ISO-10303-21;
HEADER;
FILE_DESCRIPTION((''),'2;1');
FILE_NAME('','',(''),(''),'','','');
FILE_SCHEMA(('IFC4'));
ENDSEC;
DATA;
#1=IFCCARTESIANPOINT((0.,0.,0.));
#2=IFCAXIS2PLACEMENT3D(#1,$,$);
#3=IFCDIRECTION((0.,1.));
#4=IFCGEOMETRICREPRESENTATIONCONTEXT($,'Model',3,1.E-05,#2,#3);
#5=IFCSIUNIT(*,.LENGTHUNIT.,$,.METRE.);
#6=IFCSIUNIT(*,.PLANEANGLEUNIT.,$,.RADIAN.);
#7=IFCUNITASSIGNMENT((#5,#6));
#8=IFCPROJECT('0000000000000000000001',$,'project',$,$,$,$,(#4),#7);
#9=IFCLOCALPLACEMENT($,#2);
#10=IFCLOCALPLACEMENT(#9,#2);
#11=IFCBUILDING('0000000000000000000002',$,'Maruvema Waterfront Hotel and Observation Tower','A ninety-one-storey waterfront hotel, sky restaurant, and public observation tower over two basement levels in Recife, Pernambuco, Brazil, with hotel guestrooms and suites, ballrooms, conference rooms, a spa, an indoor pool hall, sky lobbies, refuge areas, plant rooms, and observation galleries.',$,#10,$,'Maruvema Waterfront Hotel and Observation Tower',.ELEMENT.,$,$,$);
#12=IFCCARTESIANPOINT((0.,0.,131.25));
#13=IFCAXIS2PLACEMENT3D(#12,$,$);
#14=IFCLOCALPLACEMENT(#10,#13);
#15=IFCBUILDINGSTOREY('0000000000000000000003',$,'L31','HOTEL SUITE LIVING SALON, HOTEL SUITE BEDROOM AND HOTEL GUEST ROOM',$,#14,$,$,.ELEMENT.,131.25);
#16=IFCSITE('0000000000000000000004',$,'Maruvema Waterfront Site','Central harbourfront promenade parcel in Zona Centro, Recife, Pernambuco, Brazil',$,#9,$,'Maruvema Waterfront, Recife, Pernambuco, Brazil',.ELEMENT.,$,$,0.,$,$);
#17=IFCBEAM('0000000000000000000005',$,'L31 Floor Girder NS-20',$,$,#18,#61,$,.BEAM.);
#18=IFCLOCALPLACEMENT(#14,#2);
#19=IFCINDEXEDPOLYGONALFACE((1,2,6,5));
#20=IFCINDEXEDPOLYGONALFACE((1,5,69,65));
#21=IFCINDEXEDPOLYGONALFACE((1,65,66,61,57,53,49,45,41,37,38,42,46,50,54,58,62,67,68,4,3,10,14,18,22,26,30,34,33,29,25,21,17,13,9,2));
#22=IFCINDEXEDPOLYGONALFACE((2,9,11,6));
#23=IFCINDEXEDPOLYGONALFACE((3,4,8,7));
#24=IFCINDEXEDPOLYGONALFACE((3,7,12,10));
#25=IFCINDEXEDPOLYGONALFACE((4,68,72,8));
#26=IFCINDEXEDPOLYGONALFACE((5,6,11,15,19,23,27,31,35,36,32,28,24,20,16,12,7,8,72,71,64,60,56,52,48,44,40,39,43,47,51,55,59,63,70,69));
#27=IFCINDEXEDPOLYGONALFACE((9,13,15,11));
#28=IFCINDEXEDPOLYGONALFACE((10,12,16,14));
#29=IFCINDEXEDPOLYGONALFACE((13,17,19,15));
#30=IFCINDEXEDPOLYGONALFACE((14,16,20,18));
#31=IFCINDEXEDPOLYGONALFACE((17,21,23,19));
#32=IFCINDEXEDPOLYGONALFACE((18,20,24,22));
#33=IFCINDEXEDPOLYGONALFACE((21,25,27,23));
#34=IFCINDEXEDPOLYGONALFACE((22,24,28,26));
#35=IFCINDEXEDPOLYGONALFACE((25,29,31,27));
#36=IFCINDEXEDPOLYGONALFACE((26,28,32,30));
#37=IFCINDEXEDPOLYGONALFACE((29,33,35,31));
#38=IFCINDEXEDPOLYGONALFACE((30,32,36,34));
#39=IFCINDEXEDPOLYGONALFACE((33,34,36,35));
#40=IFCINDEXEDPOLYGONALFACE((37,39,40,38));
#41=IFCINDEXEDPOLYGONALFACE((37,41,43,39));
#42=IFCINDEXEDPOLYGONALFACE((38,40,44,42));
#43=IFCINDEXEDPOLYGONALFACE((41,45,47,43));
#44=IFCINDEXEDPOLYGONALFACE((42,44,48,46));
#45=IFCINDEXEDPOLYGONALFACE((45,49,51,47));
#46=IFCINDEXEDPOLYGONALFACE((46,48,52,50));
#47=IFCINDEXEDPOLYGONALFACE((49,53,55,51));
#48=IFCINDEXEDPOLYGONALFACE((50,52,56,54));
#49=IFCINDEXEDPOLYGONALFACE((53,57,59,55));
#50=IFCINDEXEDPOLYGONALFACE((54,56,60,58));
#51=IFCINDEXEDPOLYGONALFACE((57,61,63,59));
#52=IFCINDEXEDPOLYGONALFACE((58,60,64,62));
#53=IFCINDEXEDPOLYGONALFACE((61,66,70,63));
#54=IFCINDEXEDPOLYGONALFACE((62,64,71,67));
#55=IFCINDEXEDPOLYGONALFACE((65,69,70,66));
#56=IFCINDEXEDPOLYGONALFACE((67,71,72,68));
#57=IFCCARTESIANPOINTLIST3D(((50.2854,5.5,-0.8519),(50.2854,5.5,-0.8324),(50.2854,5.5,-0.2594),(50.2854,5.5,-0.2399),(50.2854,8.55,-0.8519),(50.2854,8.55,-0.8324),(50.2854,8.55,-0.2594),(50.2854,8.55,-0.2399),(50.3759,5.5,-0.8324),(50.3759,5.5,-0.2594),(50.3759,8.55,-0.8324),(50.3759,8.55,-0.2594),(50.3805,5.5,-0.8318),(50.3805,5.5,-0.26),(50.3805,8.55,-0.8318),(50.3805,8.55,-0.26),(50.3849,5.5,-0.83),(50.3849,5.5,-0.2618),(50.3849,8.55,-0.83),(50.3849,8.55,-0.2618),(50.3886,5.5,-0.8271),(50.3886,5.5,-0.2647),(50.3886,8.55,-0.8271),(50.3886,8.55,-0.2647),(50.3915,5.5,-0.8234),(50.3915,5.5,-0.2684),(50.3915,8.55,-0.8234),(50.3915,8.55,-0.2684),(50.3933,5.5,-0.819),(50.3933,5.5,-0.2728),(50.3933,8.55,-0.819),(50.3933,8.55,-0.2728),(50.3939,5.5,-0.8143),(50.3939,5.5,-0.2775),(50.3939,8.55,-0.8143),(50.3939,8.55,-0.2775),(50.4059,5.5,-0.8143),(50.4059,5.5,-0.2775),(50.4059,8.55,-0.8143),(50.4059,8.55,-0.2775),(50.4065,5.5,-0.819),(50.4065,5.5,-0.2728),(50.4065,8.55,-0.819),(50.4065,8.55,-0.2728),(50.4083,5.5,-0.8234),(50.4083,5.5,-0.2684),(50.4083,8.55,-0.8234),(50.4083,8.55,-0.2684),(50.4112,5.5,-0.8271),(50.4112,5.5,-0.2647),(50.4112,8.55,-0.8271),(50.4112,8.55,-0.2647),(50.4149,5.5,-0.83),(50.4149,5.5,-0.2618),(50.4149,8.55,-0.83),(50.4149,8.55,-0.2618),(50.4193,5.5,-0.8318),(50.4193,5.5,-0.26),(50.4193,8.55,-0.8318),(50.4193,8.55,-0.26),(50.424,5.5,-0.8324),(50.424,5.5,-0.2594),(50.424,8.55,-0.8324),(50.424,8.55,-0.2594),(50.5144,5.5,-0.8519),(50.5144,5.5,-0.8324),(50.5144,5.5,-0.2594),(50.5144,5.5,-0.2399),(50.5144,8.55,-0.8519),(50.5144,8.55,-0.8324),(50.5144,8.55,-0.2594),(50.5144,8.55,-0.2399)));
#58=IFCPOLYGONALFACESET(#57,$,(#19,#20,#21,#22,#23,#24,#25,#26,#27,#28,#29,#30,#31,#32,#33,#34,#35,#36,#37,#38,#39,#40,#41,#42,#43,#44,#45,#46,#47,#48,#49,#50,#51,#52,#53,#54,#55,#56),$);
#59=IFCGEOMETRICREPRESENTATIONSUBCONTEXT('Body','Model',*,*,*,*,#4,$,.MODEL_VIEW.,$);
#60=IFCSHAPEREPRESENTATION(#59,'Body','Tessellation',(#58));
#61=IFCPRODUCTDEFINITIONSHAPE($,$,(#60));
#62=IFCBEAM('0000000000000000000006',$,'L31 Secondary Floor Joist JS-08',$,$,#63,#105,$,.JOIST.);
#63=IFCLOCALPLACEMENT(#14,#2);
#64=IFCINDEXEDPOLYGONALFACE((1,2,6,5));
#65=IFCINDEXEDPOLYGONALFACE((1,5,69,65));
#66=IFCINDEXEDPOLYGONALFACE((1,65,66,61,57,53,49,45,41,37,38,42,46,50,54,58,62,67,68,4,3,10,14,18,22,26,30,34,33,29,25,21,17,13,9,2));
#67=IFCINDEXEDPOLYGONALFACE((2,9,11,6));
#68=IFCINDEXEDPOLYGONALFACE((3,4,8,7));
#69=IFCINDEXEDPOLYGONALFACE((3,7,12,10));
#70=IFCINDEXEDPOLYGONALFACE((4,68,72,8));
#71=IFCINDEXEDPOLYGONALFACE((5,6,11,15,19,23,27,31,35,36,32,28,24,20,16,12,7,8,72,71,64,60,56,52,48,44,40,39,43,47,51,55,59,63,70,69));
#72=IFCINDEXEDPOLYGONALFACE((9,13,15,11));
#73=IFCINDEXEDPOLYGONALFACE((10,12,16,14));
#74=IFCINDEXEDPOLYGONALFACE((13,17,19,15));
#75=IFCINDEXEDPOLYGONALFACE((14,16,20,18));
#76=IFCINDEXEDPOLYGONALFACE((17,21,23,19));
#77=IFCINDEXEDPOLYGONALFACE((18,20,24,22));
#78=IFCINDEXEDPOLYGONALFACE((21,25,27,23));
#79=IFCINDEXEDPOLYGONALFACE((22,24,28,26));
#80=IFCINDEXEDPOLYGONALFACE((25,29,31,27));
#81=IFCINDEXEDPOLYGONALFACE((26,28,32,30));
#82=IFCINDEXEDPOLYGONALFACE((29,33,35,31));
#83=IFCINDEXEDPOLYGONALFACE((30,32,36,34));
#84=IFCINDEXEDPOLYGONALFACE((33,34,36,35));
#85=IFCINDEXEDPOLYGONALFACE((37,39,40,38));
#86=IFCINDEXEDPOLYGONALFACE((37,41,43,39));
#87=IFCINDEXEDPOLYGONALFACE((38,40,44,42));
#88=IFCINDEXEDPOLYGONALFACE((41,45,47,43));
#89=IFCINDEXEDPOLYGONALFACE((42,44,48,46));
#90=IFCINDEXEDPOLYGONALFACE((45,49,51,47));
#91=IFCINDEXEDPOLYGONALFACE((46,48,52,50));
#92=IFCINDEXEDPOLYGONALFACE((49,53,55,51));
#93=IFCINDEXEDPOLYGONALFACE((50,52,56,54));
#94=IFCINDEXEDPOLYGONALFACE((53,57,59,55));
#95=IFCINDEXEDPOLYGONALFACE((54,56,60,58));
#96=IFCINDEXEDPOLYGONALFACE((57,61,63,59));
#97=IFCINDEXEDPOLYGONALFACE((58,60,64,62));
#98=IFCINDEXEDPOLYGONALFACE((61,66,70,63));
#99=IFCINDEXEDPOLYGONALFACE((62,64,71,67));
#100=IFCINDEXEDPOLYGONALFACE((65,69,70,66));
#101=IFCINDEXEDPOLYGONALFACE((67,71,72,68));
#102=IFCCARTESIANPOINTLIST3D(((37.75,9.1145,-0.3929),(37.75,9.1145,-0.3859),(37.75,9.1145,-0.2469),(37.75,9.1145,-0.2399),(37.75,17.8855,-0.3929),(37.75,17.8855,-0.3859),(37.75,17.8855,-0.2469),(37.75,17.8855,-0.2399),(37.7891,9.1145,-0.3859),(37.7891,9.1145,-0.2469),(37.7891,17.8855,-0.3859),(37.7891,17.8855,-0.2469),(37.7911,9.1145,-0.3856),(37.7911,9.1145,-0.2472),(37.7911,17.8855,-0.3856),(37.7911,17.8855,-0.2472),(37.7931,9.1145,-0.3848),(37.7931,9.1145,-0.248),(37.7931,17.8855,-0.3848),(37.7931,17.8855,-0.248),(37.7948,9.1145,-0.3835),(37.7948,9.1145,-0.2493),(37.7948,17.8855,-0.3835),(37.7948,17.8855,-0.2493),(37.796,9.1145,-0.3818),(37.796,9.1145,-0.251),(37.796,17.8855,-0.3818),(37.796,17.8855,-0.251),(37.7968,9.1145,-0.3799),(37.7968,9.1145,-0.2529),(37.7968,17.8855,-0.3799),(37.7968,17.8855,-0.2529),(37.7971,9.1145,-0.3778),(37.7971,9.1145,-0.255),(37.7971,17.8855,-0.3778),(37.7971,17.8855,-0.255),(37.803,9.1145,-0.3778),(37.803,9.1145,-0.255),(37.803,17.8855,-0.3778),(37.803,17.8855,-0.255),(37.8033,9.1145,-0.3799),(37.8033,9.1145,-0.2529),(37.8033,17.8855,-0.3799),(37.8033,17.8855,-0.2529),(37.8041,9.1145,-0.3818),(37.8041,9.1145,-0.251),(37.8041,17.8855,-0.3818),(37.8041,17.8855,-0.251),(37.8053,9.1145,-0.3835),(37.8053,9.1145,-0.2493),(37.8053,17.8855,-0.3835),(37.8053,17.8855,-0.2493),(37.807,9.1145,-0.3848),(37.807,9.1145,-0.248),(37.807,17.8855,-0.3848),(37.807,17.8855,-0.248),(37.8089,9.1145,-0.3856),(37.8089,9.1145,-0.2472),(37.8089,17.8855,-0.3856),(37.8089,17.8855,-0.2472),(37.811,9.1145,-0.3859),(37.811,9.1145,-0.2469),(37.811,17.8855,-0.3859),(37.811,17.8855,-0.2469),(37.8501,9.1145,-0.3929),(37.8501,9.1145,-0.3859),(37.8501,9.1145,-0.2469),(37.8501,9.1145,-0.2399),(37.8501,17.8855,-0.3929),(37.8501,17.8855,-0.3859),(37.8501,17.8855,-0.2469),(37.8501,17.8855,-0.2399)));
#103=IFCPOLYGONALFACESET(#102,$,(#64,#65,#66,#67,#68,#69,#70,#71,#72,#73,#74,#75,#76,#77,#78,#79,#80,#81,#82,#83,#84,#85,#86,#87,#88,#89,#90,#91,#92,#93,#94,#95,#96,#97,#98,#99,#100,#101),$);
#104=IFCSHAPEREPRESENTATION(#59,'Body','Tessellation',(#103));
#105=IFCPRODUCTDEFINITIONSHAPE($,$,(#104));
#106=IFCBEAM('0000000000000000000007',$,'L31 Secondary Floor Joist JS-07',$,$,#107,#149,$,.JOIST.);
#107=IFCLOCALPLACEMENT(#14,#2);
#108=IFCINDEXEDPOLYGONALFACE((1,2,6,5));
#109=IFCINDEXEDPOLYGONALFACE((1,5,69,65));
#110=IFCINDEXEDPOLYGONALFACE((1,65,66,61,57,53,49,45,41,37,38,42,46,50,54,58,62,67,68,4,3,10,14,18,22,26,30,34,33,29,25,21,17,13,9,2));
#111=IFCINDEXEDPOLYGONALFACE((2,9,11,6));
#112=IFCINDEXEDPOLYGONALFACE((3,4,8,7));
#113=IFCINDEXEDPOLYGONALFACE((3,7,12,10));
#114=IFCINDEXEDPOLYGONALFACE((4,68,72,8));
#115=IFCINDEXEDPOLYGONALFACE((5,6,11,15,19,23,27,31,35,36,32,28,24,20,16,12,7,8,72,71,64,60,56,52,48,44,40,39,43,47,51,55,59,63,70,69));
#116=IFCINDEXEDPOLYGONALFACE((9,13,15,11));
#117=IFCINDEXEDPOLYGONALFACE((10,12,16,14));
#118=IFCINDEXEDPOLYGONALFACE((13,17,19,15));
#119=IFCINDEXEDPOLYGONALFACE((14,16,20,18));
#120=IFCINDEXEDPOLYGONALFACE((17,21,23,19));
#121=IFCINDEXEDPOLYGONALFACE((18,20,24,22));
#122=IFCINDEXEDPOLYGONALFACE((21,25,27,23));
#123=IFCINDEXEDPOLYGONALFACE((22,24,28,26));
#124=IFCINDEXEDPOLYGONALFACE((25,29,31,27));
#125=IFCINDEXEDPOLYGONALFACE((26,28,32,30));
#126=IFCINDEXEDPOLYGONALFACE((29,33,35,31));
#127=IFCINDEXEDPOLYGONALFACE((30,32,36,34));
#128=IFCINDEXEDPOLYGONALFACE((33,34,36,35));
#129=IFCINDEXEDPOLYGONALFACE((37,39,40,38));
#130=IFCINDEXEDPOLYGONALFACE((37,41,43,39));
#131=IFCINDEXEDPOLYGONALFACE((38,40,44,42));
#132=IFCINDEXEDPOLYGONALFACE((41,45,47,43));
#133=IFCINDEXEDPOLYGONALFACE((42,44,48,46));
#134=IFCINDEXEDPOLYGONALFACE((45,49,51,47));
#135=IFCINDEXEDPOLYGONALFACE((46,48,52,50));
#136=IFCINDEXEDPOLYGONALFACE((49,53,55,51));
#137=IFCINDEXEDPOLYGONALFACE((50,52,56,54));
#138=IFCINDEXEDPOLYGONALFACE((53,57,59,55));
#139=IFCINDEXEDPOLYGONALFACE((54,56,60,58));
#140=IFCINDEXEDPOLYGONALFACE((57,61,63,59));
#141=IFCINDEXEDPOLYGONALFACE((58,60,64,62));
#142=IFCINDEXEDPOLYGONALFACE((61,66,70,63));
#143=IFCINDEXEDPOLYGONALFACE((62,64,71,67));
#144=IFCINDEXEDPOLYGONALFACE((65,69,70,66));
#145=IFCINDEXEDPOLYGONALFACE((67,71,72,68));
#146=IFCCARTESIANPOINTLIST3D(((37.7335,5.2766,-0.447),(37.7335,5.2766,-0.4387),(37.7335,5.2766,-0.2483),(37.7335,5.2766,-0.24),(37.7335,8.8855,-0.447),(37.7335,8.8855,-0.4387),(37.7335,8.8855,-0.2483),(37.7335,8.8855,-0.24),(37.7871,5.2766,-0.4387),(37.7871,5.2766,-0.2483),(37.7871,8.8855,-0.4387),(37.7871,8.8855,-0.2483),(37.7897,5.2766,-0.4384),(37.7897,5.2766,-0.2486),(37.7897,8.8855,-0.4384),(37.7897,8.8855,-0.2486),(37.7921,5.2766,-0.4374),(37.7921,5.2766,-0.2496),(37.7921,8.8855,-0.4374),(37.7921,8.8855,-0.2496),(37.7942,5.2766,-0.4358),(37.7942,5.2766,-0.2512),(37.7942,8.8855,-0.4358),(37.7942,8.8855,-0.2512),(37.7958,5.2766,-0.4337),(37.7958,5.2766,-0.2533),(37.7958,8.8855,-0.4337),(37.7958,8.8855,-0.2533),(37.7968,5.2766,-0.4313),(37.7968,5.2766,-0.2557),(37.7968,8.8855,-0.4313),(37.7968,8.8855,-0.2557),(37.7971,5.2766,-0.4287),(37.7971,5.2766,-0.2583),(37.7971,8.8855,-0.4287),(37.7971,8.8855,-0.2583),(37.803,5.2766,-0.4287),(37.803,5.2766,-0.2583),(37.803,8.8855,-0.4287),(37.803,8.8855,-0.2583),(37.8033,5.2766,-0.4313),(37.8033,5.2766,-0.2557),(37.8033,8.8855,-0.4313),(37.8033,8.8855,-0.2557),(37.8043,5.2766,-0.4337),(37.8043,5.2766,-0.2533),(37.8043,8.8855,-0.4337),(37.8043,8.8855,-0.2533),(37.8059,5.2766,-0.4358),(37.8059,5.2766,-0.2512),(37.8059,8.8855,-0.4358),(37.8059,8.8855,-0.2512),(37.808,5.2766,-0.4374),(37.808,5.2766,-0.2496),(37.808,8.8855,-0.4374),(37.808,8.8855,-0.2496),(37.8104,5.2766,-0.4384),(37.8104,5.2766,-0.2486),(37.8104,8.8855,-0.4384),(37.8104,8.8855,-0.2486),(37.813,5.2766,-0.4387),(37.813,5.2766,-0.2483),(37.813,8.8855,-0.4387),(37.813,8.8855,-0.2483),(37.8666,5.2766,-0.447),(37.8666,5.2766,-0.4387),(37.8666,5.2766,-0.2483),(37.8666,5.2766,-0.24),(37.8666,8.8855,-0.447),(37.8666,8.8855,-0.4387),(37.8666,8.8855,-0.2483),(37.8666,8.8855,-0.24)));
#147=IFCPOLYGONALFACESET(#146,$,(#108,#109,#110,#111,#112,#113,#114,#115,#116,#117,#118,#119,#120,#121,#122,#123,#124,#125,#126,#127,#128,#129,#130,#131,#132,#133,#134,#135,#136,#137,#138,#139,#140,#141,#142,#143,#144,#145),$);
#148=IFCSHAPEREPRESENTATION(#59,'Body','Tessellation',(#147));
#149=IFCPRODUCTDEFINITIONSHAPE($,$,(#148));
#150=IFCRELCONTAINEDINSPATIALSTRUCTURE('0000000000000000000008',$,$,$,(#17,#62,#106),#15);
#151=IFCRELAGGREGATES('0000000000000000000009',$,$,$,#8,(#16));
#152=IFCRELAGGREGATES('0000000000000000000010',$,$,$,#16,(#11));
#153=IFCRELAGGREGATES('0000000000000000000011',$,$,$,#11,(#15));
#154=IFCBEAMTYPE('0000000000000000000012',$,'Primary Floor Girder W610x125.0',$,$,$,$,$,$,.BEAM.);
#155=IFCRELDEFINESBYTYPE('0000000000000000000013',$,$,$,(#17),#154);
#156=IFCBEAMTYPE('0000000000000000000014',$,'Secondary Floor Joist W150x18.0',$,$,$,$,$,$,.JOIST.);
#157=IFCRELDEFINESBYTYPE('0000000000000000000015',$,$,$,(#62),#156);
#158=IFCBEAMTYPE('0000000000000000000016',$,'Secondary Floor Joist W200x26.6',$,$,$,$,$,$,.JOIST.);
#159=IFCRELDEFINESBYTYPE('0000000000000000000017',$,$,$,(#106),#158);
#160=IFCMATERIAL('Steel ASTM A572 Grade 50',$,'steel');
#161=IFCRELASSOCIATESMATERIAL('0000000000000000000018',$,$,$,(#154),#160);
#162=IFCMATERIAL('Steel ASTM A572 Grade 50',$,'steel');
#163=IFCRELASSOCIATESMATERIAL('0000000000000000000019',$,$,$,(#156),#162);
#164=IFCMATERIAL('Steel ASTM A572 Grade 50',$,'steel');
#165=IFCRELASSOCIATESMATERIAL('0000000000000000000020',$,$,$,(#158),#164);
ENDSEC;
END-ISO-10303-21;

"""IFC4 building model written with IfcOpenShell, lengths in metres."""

from ifc_helpers import new_model, si_unit, direction, frame, origin, origin_2d, place, context, subcontext, project, spatial, i_section, extrude, material, material_profile, profile_set, type_object, element, save


model = new_model("IFC4")

# Units and contexts
model_context = context("Model", 3, precision=1e-05, world=origin(), true_north=direction((0.0, 1.0)))
body_context = subcontext(model_context, "Body", "Model", "MODEL_VIEW")
ifc_project = project(units=[si_unit("LENGTHUNIT", "METRE"), si_unit("PLANEANGLEUNIT", "RADIAN")], contexts=[model_context])

# Site, building, storey
site_placement = place(None, origin())
site = spatial("IfcSite", under=ifc_project, at=site_placement, Name="Maruvema Waterfront Site", Description="Central harbourfront promenade parcel in Zona Centro, Recife, Pernambuco, Brazil", LongName="Maruvema Waterfront, Recife, Pernambuco, Brazil", CompositionType="ELEMENT", RefElevation=0.0)
building_placement = place(site_placement, origin())
building = spatial("IfcBuilding", under=site, at=building_placement, Name="Maruvema Waterfront Hotel and Observation Tower", Description="A ninety-one-storey waterfront hotel, sky restaurant, and public observation tower over two basement levels in Recife, Pernambuco, Brazil, with hotel guestrooms and suites, ballrooms, conference rooms, a spa, an indoor pool hall, sky lobbies, refuge areas, plant rooms, and observation galleries.", LongName="Maruvema Waterfront Hotel and Observation Tower", CompositionType="ELEMENT")
storey_placement = place(building_placement, frame((0.0, 0.0, 131.25)))
storey = spatial("IfcBuildingStorey", under=building, at=storey_placement, Name="L31", Description="HOTEL SUITE LIVING SALON, HOTEL SUITE BEDROOM AND HOTEL GUEST ROOM", CompositionType="ELEMENT", Elevation=131.25)

# Beams
ifc_material_1 = material(Name="Steel ASTM A572 Grade 50", Category="steel")
ifc_material_profile_1 = material_profile(ifc_material_1, i_section(OverallWidth=0.229, OverallDepth=0.6121, WebThickness=0.012, FlangeThickness=0.0195, FilletRadius=0.0181, at=origin_2d()), Name="W610x125.0")
ifc_profile_set_1 = profile_set([ifc_material_profile_1], Name="Steel ASTM A572 Grade 50")
beam_type_1 = type_object("IfcBeamType", Name="Primary Floor Girder W610x125.0", PredefinedType="BEAM", material=ifc_profile_set_1)
beam_1_placement = place(storey_placement, frame((50.3999, 5.5, -0.5459), z_axis=(0.0, 1.0, 0.0), x_axis=(-1.0, 0.0, 0.0)))
element("IfcBeam", 1, at=beam_1_placement, inside=storey, type_object=beam_type_1, Name="L31 Floor Girder NS-20", PredefinedType="BEAM", context=body_context, shape_type="SweptSolid", body=[
    extrude(i_section(OverallWidth=0.229, OverallDepth=0.6121, WebThickness=0.012, FlangeThickness=0.0195, FilletRadius=0.0181, at=origin_2d()), origin(), (0.0, 0.0, 1.0), 3.05),
])
ifc_material_2 = material(Name="Steel ASTM A572 Grade 50", Category="steel")
ifc_material_profile_2 = material_profile(ifc_material_2, i_section(OverallWidth=0.1001, OverallDepth=0.1531, WebThickness=0.0059, FlangeThickness=0.0071, FilletRadius=0.0081, at=origin_2d()), Name="W150x18.0")
ifc_profile_set_2 = profile_set([ifc_material_profile_2], Name="Steel ASTM A572 Grade 50")
beam_type_2 = type_object("IfcBeamType", Name="Secondary Floor Joist W150x18.0", PredefinedType="JOIST", material=ifc_profile_set_2)
beam_2_placement = place(storey_placement, frame((37.8, 9.1145, -0.3164), z_axis=(0.0, 1.0, 0.0), x_axis=(-1.0, 0.0, 0.0)))
element("IfcBeam", 2, at=beam_2_placement, inside=storey, type_object=beam_type_2, Name="L31 Secondary Floor Joist JS-08", PredefinedType="JOIST", context=body_context, shape_type="SweptSolid", body=[
    extrude(i_section(OverallWidth=0.1001, OverallDepth=0.1531, WebThickness=0.0059, FlangeThickness=0.0071, FilletRadius=0.0081, at=origin_2d()), origin(), (0.0, 0.0, 1.0), 8.771),
])
ifc_material_3 = material(Name="Steel ASTM A572 Grade 50", Category="steel")
ifc_material_profile_3 = material_profile(ifc_material_3, i_section(OverallWidth=0.1331, OverallDepth=0.207, WebThickness=0.0059, FlangeThickness=0.0083, FilletRadius=0.01, at=origin_2d()), Name="W200x26.6")
ifc_profile_set_3 = profile_set([ifc_material_profile_3], Name="Steel ASTM A572 Grade 50")
beam_type_3 = type_object("IfcBeamType", Name="Secondary Floor Joist W200x26.6", PredefinedType="JOIST", material=ifc_profile_set_3)
beam_3_placement = place(storey_placement, frame((37.8, 5.2766, -0.3435), z_axis=(0.0, 1.0, 0.0), x_axis=(-1.0, 0.0, 0.0)))
element("IfcBeam", 3, at=beam_3_placement, inside=storey, type_object=beam_type_3, Name="L31 Secondary Floor Joist JS-07", PredefinedType="JOIST", context=body_context, shape_type="SweptSolid", body=[
    extrude(i_section(OverallWidth=0.1331, OverallDepth=0.207, WebThickness=0.0059, FlangeThickness=0.0083, FilletRadius=0.01, at=origin_2d()), origin(), (0.0, 0.0, 1.0), 3.6089),
])

save(model, "model.ifc")
